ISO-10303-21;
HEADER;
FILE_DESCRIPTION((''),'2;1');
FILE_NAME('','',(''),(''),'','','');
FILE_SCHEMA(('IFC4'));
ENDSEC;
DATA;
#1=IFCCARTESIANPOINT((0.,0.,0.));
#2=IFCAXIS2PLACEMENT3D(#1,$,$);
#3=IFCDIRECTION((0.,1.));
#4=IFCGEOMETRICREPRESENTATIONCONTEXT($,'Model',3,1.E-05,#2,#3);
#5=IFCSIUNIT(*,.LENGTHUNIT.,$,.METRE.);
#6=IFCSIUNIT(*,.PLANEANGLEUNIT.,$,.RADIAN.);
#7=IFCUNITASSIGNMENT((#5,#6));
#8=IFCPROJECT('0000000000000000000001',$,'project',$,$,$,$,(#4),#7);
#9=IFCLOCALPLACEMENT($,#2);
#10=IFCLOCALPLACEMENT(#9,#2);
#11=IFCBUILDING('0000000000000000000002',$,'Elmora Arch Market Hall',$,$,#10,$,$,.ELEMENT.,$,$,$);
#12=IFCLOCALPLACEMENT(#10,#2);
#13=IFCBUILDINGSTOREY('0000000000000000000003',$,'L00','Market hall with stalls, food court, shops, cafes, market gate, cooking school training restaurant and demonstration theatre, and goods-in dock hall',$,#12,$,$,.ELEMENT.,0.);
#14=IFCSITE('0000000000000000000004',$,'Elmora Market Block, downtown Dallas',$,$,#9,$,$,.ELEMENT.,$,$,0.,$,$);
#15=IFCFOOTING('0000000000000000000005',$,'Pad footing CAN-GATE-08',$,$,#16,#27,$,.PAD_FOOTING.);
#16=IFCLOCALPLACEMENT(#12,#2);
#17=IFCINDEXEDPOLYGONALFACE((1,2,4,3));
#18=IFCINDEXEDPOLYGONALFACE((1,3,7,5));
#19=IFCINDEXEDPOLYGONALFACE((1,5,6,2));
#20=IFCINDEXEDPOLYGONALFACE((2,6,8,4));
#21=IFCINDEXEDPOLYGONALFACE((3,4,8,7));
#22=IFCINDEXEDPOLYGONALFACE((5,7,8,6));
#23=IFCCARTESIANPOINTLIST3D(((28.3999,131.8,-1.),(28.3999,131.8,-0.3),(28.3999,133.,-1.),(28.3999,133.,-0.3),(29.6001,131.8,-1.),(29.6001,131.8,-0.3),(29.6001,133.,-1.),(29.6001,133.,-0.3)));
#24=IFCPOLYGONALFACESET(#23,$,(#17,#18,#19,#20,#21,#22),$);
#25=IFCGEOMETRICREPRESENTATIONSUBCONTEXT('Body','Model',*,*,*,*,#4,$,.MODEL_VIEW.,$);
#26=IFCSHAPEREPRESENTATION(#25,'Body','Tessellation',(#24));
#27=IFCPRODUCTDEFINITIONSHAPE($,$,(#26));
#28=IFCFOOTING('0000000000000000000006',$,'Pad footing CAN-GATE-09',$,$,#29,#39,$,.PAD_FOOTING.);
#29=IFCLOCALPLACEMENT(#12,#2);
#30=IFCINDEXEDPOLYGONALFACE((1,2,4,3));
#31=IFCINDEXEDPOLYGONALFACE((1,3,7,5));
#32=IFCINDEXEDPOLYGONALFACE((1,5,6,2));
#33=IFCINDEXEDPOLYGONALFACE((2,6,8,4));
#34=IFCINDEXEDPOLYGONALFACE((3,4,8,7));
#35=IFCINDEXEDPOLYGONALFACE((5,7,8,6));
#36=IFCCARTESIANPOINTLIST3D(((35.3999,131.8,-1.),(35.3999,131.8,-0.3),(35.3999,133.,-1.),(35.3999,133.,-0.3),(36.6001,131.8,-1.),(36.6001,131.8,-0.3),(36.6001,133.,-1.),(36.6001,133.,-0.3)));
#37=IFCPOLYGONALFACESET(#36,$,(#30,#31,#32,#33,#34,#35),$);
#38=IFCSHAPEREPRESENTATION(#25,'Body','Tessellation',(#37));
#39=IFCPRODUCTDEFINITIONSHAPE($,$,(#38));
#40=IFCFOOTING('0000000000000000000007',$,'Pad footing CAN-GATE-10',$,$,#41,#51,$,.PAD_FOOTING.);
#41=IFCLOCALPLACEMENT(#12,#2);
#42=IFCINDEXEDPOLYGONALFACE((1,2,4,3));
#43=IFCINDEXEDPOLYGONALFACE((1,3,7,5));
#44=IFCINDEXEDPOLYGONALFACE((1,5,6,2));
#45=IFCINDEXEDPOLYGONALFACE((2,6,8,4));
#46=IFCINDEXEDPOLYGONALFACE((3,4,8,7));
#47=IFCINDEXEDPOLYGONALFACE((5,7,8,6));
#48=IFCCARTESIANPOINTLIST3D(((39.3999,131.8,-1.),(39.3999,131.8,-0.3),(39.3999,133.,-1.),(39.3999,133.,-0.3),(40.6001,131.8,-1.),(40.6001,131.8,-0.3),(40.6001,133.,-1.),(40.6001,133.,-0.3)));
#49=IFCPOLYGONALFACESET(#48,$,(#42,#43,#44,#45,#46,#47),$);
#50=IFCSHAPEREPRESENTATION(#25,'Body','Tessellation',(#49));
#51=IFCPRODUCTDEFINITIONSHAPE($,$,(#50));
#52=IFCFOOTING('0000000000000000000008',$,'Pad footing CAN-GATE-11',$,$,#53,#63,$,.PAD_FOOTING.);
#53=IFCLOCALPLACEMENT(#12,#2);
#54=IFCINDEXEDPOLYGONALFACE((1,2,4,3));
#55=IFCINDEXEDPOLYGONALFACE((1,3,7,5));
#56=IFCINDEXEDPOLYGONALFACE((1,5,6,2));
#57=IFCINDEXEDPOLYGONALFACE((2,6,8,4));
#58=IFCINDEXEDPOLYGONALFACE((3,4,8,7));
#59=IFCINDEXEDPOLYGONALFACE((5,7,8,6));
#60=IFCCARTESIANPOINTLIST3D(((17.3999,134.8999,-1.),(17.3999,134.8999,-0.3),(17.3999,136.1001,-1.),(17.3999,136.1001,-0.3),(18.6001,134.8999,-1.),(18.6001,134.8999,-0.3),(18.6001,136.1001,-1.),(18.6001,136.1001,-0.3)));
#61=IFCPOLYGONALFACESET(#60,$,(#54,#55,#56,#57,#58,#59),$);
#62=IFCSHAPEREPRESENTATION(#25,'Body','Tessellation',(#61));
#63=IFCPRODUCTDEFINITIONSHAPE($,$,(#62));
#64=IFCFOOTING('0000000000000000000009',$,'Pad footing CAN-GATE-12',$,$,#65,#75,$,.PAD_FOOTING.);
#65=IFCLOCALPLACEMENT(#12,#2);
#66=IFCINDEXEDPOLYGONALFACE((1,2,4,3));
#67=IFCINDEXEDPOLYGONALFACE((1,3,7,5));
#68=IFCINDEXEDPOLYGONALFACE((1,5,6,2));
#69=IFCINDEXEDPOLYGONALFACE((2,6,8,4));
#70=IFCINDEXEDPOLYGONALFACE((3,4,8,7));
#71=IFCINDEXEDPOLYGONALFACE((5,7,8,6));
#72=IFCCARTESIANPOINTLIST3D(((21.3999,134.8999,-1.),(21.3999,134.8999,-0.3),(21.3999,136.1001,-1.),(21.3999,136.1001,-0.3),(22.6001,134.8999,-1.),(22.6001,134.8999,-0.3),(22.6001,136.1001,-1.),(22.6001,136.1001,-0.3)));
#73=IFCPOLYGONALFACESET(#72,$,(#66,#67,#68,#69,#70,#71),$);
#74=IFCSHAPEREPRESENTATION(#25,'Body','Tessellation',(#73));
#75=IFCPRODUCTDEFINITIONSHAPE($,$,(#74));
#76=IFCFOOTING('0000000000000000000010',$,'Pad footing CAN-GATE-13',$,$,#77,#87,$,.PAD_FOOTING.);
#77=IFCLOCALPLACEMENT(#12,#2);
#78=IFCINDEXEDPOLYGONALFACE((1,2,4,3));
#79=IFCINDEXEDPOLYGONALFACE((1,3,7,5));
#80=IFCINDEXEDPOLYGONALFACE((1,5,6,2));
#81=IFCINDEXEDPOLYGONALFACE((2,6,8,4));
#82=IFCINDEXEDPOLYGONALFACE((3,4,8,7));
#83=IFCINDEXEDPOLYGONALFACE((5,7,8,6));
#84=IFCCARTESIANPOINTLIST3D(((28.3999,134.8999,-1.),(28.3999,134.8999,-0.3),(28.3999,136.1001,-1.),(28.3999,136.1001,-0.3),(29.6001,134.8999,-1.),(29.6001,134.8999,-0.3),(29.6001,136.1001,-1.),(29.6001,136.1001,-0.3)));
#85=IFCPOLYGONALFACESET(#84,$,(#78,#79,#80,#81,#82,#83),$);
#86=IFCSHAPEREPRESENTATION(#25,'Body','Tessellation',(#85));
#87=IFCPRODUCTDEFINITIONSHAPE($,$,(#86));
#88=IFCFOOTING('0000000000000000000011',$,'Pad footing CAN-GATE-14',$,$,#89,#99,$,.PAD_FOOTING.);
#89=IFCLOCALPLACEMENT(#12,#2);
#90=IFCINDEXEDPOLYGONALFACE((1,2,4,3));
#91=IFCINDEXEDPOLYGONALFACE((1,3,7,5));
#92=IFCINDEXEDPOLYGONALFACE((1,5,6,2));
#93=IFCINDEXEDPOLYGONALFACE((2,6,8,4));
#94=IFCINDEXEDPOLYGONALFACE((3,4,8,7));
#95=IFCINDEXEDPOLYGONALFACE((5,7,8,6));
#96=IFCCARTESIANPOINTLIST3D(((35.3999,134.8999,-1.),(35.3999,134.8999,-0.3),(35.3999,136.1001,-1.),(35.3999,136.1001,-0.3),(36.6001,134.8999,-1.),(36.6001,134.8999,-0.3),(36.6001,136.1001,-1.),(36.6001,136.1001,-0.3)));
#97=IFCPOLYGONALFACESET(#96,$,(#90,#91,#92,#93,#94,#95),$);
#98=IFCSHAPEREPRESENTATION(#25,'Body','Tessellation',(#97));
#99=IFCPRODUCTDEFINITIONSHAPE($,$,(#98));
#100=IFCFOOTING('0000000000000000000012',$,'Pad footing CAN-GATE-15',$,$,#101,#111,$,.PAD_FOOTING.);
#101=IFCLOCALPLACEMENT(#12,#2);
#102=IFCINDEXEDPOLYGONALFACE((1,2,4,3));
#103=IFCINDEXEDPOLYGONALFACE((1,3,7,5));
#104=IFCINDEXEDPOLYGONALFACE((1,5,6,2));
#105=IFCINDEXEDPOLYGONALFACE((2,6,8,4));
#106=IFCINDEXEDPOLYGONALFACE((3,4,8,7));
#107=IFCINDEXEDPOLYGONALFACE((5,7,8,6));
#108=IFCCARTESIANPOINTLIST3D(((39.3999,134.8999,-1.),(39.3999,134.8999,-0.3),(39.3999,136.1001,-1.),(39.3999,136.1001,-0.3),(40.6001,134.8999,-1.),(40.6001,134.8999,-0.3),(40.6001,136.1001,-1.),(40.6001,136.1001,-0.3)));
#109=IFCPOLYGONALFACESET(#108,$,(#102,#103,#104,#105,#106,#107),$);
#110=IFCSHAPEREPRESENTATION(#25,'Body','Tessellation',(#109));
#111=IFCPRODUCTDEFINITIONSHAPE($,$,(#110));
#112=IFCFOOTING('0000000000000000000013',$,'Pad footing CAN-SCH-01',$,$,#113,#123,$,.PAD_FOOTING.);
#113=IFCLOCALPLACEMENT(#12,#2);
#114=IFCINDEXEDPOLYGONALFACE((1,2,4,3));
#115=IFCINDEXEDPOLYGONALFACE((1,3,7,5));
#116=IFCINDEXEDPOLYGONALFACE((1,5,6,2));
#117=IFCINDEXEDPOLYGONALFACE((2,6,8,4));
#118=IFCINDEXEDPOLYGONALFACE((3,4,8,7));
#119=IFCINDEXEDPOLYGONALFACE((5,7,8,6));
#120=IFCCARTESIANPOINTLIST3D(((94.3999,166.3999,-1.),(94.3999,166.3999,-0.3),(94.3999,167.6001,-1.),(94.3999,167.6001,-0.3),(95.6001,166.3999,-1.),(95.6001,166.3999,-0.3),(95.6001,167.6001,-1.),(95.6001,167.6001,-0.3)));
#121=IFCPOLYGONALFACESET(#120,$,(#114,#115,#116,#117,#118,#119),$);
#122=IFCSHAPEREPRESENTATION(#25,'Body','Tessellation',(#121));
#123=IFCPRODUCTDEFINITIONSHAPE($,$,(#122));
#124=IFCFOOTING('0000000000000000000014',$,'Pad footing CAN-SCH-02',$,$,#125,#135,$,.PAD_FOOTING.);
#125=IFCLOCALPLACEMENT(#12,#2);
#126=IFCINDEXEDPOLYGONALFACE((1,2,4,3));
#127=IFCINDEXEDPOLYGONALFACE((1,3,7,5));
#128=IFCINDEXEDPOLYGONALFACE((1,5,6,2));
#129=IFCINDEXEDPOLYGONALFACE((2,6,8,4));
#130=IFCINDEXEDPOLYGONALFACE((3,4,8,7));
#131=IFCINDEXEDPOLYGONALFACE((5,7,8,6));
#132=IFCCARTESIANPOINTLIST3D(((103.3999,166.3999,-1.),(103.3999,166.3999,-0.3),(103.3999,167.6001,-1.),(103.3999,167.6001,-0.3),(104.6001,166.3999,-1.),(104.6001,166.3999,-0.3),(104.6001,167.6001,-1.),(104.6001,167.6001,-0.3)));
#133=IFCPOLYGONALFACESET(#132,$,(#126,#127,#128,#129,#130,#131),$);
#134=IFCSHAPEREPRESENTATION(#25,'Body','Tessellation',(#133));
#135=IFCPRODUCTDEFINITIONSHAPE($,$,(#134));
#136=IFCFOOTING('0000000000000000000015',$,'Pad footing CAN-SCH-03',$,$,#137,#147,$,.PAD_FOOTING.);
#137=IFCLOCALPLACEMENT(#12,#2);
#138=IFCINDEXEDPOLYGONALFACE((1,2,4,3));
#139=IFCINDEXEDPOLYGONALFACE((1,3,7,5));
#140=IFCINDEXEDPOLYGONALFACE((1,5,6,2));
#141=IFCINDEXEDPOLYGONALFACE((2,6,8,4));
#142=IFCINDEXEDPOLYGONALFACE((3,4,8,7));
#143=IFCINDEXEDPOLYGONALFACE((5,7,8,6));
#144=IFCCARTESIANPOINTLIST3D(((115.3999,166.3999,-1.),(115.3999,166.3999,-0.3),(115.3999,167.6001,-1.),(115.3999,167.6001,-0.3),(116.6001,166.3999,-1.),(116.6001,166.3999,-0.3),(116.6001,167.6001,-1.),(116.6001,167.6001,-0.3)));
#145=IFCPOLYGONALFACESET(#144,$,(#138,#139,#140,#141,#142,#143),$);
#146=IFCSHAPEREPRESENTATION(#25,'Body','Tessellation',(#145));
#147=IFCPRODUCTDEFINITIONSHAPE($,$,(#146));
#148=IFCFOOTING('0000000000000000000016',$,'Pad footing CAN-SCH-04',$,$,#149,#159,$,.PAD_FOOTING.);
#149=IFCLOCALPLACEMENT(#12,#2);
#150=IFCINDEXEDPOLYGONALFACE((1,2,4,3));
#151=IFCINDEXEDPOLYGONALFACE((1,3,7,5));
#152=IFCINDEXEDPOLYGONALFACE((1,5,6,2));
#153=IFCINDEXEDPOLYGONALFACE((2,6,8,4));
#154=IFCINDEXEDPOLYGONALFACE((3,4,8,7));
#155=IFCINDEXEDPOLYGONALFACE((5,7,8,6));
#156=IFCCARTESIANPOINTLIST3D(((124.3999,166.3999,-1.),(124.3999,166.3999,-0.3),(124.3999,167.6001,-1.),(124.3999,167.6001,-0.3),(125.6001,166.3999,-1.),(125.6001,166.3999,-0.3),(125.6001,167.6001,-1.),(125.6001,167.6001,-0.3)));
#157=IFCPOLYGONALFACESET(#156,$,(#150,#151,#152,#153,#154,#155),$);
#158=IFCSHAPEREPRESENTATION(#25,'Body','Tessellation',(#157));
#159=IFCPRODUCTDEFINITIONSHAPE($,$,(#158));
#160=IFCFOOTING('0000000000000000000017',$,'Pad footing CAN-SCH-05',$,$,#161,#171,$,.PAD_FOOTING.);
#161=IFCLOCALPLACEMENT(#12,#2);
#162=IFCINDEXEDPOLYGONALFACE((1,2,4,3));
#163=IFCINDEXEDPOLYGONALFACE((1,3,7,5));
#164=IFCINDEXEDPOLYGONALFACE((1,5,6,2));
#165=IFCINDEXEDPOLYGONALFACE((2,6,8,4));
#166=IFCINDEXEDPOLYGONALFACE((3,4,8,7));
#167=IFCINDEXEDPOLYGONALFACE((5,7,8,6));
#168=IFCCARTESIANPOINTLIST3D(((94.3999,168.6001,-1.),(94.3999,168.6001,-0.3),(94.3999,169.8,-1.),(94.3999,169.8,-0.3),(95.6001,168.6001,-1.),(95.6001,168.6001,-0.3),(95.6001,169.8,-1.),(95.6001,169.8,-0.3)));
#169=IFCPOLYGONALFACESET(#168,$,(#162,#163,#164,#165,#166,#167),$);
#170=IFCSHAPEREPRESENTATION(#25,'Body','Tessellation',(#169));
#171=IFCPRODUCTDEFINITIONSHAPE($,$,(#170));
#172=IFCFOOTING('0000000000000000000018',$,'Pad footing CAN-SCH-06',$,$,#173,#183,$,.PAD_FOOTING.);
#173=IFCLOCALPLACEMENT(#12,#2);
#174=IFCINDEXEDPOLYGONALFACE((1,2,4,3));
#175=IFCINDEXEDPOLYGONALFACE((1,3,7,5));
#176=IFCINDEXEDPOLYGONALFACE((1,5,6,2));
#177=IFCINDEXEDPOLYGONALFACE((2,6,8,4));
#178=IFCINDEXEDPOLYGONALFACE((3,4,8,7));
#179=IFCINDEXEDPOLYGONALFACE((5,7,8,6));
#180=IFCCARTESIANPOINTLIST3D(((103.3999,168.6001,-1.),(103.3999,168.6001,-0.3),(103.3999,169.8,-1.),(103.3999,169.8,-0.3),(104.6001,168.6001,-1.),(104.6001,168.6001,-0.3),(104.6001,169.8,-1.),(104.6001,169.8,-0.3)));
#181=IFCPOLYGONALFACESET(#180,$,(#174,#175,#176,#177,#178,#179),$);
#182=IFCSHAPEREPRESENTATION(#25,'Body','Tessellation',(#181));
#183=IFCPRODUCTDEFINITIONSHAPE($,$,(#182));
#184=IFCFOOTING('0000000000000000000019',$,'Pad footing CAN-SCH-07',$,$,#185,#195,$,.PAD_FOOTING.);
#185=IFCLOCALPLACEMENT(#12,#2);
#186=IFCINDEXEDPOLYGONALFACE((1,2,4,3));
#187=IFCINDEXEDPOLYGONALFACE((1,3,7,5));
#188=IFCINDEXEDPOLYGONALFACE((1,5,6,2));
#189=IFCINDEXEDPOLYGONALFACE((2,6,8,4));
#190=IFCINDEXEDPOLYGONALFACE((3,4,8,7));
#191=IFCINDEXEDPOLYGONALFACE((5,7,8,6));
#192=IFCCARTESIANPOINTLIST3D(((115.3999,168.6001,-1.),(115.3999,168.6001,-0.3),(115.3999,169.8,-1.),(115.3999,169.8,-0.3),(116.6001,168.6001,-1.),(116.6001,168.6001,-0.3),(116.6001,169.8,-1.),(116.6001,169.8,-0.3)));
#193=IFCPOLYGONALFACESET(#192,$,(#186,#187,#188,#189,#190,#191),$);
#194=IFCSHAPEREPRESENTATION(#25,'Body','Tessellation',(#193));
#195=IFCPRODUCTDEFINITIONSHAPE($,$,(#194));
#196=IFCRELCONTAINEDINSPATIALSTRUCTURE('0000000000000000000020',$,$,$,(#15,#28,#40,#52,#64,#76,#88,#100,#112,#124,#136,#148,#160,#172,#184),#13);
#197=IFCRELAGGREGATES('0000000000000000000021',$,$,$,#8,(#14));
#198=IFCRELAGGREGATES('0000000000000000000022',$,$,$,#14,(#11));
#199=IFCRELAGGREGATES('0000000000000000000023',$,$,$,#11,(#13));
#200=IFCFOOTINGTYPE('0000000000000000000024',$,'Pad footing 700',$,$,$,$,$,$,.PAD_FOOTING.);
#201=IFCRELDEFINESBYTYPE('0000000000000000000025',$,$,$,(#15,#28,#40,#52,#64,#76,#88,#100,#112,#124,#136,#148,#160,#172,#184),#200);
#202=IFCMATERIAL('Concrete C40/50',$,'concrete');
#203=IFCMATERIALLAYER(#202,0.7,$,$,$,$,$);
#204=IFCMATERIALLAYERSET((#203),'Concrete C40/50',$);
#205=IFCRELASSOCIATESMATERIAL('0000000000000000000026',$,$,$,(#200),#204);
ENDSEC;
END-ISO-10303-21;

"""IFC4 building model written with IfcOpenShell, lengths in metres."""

from ifc_helpers import new_model, si_unit, direction, frame, origin, place, context, subcontext, project, spatial, polyline, outline, extrude, material, layer, layer_set, type_object, element, save


model = new_model("IFC4")

# Units and contexts
model_context = context("Model", 3, precision=1e-05, world=origin(), true_north=direction((0.0, 1.0)))
body_context = subcontext(model_context, "Body", "Model", "MODEL_VIEW")
ifc_project = project(units=[si_unit("LENGTHUNIT", "METRE"), si_unit("PLANEANGLEUNIT", "RADIAN")], contexts=[model_context])

# Site, building, storey
site_placement = place(None, origin())
site = spatial("IfcSite", under=ifc_project, at=site_placement, Name="Elmora Market Block, downtown Dallas", CompositionType="ELEMENT", RefElevation=0.0)
building_placement = place(site_placement, origin())
building = spatial("IfcBuilding", under=site, at=building_placement, Name="Elmora Arch Market Hall", CompositionType="ELEMENT")
storey_placement = place(building_placement, origin())
storey = spatial("IfcBuildingStorey", under=building, at=storey_placement, Name="L00", Description="Market hall with stalls, food court, shops, cafes, market gate, cooking school training restaurant and demonstration theatre, and goods-in dock hall", CompositionType="ELEMENT", Elevation=0.0)

# Footings
ifc_material_1 = material(Name="Concrete C40/50", Category="concrete")
ifc_layer_1 = layer(ifc_material_1, 0.7)
ifc_layer_set_1 = layer_set([ifc_layer_1], Name="Concrete C40/50")
footing_type_1 = type_object("IfcFootingType", Name="Pad footing 700", PredefinedType="PAD_FOOTING", material=ifc_layer_set_1)
footing_1_placement = place(storey_placement, frame((0.0, 0.0, -1.0)))
element("IfcFooting", 1, at=footing_1_placement, inside=storey, type_object=footing_type_1, Name="Pad footing CAN-GATE-08", PredefinedType="PAD_FOOTING", context=body_context, shape_type="SweptSolid", body=[
    extrude(outline(polyline([(28.3999, 131.8), (29.6001, 131.8), (29.6001, 133.0), (28.3999, 133.0), (28.3999, 131.8)])), origin(), (0.0, 0.0, 1.0), 0.7),
])
footing_2_placement = place(storey_placement, frame((0.0, 0.0, -1.0)))
element("IfcFooting", 2, at=footing_2_placement, inside=storey, type_object=footing_type_1, Name="Pad footing CAN-GATE-09", PredefinedType="PAD_FOOTING", context=body_context, shape_type="SweptSolid", body=[
    extrude(outline(polyline([(35.3999, 131.8), (36.6001, 131.8), (36.6001, 133.0), (35.3999, 133.0), (35.3999, 131.8)])), origin(), (0.0, 0.0, 1.0), 0.7),
])
footing_3_placement = place(storey_placement, frame((0.0, 0.0, -1.0)))
element("IfcFooting", 3, at=footing_3_placement, inside=storey, type_object=footing_type_1, Name="Pad footing CAN-GATE-10", PredefinedType="PAD_FOOTING", context=body_context, shape_type="SweptSolid", body=[
    extrude(outline(polyline([(39.3999, 131.8), (40.6001, 131.8), (40.6001, 133.0), (39.3999, 133.0), (39.3999, 131.8)])), origin(), (0.0, 0.0, 1.0), 0.7),
])
footing_4_placement = place(storey_placement, frame((0.0, 0.0, -1.0)))
element("IfcFooting", 4, at=footing_4_placement, inside=storey, type_object=footing_type_1, Name="Pad footing CAN-GATE-11", PredefinedType="PAD_FOOTING", context=body_context, shape_type="SweptSolid", body=[
    extrude(outline(polyline([(17.3999, 134.8999), (18.6001, 134.8999), (18.6001, 136.1001), (17.3999, 136.1001), (17.3999, 134.8999)])), origin(), (0.0, 0.0, 1.0), 0.7),
])
footing_5_placement = place(storey_placement, frame((0.0, 0.0, -1.0)))
element("IfcFooting", 5, at=footing_5_placement, inside=storey, type_object=footing_type_1, Name="Pad footing CAN-GATE-12", PredefinedType="PAD_FOOTING", context=body_context, shape_type="SweptSolid", body=[
    extrude(outline(polyline([(21.3999, 134.8999), (22.6001, 134.8999), (22.6001, 136.1001), (21.3999, 136.1001), (21.3999, 134.8999)])), origin(), (0.0, 0.0, 1.0), 0.7),
])
footing_6_placement = place(storey_placement, frame((0.0, 0.0, -1.0)))
element("IfcFooting", 6, at=footing_6_placement, inside=storey, type_object=footing_type_1, Name="Pad footing CAN-GATE-13", PredefinedType="PAD_FOOTING", context=body_context, shape_type="SweptSolid", body=[
    extrude(outline(polyline([(28.3999, 134.8999), (29.6001, 134.8999), (29.6001, 136.1001), (28.3999, 136.1001), (28.3999, 134.8999)])), origin(), (0.0, 0.0, 1.0), 0.7),
])
footing_7_placement = place(storey_placement, frame((0.0, 0.0, -1.0)))
element("IfcFooting", 7, at=footing_7_placement, inside=storey, type_object=footing_type_1, Name="Pad footing CAN-GATE-14", PredefinedType="PAD_FOOTING", context=body_context, shape_type="SweptSolid", body=[
    extrude(outline(polyline([(35.3999, 134.8999), (36.6001, 134.8999), (36.6001, 136.1001), (35.3999, 136.1001), (35.3999, 134.8999)])), origin(), (0.0, 0.0, 1.0), 0.7),
])
footing_8_placement = place(storey_placement, frame((0.0, 0.0, -1.0)))
element("IfcFooting", 8, at=footing_8_placement, inside=storey, type_object=footing_type_1, Name="Pad footing CAN-GATE-15", PredefinedType="PAD_FOOTING", context=body_context, shape_type="SweptSolid", body=[
    extrude(outline(polyline([(39.3999, 134.8999), (40.6001, 134.8999), (40.6001, 136.1001), (39.3999, 136.1001), (39.3999, 134.8999)])), origin(), (0.0, 0.0, 1.0), 0.7),
])
footing_9_placement = place(storey_placement, frame((0.0, 0.0, -1.0)))
element("IfcFooting", 9, at=footing_9_placement, inside=storey, type_object=footing_type_1, Name="Pad footing CAN-SCH-01", PredefinedType="PAD_FOOTING", context=body_context, shape_type="SweptSolid", body=[
    extrude(outline(polyline([(94.3999, 166.3999), (95.6001, 166.3999), (95.6001, 167.6001), (94.3999, 167.6001), (94.3999, 166.3999)])), origin(), (0.0, 0.0, 1.0), 0.7),
])
footing_10_placement = place(storey_placement, frame((0.0, 0.0, -1.0)))
element("IfcFooting", 10, at=footing_10_placement, inside=storey, type_object=footing_type_1, Name="Pad footing CAN-SCH-02", PredefinedType="PAD_FOOTING", context=body_context, shape_type="SweptSolid", body=[
    extrude(outline(polyline([(103.3999, 166.3999), (104.6001, 166.3999), (104.6001, 167.6001), (103.3999, 167.6001), (103.3999, 166.3999)])), origin(), (0.0, 0.0, 1.0), 0.7),
])
footing_11_placement = place(storey_placement, frame((0.0, 0.0, -1.0)))
element("IfcFooting", 11, at=footing_11_placement, inside=storey, type_object=footing_type_1, Name="Pad footing CAN-SCH-03", PredefinedType="PAD_FOOTING", context=body_context, shape_type="SweptSolid", body=[
    extrude(outline(polyline([(115.3999, 166.3999), (116.6001, 166.3999), (116.6001, 167.6001), (115.3999, 167.6001), (115.3999, 166.3999)])), origin(), (0.0, 0.0, 1.0), 0.7),
])
footing_12_placement = place(storey_placement, frame((0.0, 0.0, -1.0)))
element("IfcFooting", 12, at=footing_12_placement, inside=storey, type_object=footing_type_1, Name="Pad footing CAN-SCH-04", PredefinedType="PAD_FOOTING", context=body_context, shape_type="SweptSolid", body=[
    extrude(outline(polyline([(124.3999, 166.3999), (125.6001, 166.3999), (125.6001, 167.6001), (124.3999, 167.6001), (124.3999, 166.3999)])), origin(), (0.0, 0.0, 1.0), 0.7),
])
footing_13_placement = place(storey_placement, frame((0.0, 0.0, -1.0)))
element("IfcFooting", 13, at=footing_13_placement, inside=storey, type_object=footing_type_1, Name="Pad footing CAN-SCH-05", PredefinedType="PAD_FOOTING", context=body_context, shape_type="SweptSolid", body=[
    extrude(outline(polyline([(94.3999, 168.6001), (95.6001, 168.6001), (95.6001, 169.8), (94.3999, 169.8), (94.3999, 168.6001)])), origin(), (0.0, 0.0, 1.0), 0.7),
])
footing_14_placement = place(storey_placement, frame((0.0, 0.0, -1.0)))
element("IfcFooting", 14, at=footing_14_placement, inside=storey, type_object=footing_type_1, Name="Pad footing CAN-SCH-06", PredefinedType="PAD_FOOTING", context=body_context, shape_type="SweptSolid", body=[
    extrude(outline(polyline([(103.3999, 168.6001), (104.6001, 168.6001), (104.6001, 169.8), (103.3999, 169.8), (103.3999, 168.6001)])), origin(), (0.0, 0.0, 1.0), 0.7),
])
footing_15_placement = place(storey_placement, frame((0.0, 0.0, -1.0)))
element("IfcFooting", 15, at=footing_15_placement, inside=storey, type_object=footing_type_1, Name="Pad footing CAN-SCH-07", PredefinedType="PAD_FOOTING", context=body_context, shape_type="SweptSolid", body=[
    extrude(outline(polyline([(115.3999, 168.6001), (116.6001, 168.6001), (116.6001, 169.8), (115.3999, 169.8), (115.3999, 168.6001)])), origin(), (0.0, 0.0, 1.0), 0.7),
])

save(model, "model.ifc")
